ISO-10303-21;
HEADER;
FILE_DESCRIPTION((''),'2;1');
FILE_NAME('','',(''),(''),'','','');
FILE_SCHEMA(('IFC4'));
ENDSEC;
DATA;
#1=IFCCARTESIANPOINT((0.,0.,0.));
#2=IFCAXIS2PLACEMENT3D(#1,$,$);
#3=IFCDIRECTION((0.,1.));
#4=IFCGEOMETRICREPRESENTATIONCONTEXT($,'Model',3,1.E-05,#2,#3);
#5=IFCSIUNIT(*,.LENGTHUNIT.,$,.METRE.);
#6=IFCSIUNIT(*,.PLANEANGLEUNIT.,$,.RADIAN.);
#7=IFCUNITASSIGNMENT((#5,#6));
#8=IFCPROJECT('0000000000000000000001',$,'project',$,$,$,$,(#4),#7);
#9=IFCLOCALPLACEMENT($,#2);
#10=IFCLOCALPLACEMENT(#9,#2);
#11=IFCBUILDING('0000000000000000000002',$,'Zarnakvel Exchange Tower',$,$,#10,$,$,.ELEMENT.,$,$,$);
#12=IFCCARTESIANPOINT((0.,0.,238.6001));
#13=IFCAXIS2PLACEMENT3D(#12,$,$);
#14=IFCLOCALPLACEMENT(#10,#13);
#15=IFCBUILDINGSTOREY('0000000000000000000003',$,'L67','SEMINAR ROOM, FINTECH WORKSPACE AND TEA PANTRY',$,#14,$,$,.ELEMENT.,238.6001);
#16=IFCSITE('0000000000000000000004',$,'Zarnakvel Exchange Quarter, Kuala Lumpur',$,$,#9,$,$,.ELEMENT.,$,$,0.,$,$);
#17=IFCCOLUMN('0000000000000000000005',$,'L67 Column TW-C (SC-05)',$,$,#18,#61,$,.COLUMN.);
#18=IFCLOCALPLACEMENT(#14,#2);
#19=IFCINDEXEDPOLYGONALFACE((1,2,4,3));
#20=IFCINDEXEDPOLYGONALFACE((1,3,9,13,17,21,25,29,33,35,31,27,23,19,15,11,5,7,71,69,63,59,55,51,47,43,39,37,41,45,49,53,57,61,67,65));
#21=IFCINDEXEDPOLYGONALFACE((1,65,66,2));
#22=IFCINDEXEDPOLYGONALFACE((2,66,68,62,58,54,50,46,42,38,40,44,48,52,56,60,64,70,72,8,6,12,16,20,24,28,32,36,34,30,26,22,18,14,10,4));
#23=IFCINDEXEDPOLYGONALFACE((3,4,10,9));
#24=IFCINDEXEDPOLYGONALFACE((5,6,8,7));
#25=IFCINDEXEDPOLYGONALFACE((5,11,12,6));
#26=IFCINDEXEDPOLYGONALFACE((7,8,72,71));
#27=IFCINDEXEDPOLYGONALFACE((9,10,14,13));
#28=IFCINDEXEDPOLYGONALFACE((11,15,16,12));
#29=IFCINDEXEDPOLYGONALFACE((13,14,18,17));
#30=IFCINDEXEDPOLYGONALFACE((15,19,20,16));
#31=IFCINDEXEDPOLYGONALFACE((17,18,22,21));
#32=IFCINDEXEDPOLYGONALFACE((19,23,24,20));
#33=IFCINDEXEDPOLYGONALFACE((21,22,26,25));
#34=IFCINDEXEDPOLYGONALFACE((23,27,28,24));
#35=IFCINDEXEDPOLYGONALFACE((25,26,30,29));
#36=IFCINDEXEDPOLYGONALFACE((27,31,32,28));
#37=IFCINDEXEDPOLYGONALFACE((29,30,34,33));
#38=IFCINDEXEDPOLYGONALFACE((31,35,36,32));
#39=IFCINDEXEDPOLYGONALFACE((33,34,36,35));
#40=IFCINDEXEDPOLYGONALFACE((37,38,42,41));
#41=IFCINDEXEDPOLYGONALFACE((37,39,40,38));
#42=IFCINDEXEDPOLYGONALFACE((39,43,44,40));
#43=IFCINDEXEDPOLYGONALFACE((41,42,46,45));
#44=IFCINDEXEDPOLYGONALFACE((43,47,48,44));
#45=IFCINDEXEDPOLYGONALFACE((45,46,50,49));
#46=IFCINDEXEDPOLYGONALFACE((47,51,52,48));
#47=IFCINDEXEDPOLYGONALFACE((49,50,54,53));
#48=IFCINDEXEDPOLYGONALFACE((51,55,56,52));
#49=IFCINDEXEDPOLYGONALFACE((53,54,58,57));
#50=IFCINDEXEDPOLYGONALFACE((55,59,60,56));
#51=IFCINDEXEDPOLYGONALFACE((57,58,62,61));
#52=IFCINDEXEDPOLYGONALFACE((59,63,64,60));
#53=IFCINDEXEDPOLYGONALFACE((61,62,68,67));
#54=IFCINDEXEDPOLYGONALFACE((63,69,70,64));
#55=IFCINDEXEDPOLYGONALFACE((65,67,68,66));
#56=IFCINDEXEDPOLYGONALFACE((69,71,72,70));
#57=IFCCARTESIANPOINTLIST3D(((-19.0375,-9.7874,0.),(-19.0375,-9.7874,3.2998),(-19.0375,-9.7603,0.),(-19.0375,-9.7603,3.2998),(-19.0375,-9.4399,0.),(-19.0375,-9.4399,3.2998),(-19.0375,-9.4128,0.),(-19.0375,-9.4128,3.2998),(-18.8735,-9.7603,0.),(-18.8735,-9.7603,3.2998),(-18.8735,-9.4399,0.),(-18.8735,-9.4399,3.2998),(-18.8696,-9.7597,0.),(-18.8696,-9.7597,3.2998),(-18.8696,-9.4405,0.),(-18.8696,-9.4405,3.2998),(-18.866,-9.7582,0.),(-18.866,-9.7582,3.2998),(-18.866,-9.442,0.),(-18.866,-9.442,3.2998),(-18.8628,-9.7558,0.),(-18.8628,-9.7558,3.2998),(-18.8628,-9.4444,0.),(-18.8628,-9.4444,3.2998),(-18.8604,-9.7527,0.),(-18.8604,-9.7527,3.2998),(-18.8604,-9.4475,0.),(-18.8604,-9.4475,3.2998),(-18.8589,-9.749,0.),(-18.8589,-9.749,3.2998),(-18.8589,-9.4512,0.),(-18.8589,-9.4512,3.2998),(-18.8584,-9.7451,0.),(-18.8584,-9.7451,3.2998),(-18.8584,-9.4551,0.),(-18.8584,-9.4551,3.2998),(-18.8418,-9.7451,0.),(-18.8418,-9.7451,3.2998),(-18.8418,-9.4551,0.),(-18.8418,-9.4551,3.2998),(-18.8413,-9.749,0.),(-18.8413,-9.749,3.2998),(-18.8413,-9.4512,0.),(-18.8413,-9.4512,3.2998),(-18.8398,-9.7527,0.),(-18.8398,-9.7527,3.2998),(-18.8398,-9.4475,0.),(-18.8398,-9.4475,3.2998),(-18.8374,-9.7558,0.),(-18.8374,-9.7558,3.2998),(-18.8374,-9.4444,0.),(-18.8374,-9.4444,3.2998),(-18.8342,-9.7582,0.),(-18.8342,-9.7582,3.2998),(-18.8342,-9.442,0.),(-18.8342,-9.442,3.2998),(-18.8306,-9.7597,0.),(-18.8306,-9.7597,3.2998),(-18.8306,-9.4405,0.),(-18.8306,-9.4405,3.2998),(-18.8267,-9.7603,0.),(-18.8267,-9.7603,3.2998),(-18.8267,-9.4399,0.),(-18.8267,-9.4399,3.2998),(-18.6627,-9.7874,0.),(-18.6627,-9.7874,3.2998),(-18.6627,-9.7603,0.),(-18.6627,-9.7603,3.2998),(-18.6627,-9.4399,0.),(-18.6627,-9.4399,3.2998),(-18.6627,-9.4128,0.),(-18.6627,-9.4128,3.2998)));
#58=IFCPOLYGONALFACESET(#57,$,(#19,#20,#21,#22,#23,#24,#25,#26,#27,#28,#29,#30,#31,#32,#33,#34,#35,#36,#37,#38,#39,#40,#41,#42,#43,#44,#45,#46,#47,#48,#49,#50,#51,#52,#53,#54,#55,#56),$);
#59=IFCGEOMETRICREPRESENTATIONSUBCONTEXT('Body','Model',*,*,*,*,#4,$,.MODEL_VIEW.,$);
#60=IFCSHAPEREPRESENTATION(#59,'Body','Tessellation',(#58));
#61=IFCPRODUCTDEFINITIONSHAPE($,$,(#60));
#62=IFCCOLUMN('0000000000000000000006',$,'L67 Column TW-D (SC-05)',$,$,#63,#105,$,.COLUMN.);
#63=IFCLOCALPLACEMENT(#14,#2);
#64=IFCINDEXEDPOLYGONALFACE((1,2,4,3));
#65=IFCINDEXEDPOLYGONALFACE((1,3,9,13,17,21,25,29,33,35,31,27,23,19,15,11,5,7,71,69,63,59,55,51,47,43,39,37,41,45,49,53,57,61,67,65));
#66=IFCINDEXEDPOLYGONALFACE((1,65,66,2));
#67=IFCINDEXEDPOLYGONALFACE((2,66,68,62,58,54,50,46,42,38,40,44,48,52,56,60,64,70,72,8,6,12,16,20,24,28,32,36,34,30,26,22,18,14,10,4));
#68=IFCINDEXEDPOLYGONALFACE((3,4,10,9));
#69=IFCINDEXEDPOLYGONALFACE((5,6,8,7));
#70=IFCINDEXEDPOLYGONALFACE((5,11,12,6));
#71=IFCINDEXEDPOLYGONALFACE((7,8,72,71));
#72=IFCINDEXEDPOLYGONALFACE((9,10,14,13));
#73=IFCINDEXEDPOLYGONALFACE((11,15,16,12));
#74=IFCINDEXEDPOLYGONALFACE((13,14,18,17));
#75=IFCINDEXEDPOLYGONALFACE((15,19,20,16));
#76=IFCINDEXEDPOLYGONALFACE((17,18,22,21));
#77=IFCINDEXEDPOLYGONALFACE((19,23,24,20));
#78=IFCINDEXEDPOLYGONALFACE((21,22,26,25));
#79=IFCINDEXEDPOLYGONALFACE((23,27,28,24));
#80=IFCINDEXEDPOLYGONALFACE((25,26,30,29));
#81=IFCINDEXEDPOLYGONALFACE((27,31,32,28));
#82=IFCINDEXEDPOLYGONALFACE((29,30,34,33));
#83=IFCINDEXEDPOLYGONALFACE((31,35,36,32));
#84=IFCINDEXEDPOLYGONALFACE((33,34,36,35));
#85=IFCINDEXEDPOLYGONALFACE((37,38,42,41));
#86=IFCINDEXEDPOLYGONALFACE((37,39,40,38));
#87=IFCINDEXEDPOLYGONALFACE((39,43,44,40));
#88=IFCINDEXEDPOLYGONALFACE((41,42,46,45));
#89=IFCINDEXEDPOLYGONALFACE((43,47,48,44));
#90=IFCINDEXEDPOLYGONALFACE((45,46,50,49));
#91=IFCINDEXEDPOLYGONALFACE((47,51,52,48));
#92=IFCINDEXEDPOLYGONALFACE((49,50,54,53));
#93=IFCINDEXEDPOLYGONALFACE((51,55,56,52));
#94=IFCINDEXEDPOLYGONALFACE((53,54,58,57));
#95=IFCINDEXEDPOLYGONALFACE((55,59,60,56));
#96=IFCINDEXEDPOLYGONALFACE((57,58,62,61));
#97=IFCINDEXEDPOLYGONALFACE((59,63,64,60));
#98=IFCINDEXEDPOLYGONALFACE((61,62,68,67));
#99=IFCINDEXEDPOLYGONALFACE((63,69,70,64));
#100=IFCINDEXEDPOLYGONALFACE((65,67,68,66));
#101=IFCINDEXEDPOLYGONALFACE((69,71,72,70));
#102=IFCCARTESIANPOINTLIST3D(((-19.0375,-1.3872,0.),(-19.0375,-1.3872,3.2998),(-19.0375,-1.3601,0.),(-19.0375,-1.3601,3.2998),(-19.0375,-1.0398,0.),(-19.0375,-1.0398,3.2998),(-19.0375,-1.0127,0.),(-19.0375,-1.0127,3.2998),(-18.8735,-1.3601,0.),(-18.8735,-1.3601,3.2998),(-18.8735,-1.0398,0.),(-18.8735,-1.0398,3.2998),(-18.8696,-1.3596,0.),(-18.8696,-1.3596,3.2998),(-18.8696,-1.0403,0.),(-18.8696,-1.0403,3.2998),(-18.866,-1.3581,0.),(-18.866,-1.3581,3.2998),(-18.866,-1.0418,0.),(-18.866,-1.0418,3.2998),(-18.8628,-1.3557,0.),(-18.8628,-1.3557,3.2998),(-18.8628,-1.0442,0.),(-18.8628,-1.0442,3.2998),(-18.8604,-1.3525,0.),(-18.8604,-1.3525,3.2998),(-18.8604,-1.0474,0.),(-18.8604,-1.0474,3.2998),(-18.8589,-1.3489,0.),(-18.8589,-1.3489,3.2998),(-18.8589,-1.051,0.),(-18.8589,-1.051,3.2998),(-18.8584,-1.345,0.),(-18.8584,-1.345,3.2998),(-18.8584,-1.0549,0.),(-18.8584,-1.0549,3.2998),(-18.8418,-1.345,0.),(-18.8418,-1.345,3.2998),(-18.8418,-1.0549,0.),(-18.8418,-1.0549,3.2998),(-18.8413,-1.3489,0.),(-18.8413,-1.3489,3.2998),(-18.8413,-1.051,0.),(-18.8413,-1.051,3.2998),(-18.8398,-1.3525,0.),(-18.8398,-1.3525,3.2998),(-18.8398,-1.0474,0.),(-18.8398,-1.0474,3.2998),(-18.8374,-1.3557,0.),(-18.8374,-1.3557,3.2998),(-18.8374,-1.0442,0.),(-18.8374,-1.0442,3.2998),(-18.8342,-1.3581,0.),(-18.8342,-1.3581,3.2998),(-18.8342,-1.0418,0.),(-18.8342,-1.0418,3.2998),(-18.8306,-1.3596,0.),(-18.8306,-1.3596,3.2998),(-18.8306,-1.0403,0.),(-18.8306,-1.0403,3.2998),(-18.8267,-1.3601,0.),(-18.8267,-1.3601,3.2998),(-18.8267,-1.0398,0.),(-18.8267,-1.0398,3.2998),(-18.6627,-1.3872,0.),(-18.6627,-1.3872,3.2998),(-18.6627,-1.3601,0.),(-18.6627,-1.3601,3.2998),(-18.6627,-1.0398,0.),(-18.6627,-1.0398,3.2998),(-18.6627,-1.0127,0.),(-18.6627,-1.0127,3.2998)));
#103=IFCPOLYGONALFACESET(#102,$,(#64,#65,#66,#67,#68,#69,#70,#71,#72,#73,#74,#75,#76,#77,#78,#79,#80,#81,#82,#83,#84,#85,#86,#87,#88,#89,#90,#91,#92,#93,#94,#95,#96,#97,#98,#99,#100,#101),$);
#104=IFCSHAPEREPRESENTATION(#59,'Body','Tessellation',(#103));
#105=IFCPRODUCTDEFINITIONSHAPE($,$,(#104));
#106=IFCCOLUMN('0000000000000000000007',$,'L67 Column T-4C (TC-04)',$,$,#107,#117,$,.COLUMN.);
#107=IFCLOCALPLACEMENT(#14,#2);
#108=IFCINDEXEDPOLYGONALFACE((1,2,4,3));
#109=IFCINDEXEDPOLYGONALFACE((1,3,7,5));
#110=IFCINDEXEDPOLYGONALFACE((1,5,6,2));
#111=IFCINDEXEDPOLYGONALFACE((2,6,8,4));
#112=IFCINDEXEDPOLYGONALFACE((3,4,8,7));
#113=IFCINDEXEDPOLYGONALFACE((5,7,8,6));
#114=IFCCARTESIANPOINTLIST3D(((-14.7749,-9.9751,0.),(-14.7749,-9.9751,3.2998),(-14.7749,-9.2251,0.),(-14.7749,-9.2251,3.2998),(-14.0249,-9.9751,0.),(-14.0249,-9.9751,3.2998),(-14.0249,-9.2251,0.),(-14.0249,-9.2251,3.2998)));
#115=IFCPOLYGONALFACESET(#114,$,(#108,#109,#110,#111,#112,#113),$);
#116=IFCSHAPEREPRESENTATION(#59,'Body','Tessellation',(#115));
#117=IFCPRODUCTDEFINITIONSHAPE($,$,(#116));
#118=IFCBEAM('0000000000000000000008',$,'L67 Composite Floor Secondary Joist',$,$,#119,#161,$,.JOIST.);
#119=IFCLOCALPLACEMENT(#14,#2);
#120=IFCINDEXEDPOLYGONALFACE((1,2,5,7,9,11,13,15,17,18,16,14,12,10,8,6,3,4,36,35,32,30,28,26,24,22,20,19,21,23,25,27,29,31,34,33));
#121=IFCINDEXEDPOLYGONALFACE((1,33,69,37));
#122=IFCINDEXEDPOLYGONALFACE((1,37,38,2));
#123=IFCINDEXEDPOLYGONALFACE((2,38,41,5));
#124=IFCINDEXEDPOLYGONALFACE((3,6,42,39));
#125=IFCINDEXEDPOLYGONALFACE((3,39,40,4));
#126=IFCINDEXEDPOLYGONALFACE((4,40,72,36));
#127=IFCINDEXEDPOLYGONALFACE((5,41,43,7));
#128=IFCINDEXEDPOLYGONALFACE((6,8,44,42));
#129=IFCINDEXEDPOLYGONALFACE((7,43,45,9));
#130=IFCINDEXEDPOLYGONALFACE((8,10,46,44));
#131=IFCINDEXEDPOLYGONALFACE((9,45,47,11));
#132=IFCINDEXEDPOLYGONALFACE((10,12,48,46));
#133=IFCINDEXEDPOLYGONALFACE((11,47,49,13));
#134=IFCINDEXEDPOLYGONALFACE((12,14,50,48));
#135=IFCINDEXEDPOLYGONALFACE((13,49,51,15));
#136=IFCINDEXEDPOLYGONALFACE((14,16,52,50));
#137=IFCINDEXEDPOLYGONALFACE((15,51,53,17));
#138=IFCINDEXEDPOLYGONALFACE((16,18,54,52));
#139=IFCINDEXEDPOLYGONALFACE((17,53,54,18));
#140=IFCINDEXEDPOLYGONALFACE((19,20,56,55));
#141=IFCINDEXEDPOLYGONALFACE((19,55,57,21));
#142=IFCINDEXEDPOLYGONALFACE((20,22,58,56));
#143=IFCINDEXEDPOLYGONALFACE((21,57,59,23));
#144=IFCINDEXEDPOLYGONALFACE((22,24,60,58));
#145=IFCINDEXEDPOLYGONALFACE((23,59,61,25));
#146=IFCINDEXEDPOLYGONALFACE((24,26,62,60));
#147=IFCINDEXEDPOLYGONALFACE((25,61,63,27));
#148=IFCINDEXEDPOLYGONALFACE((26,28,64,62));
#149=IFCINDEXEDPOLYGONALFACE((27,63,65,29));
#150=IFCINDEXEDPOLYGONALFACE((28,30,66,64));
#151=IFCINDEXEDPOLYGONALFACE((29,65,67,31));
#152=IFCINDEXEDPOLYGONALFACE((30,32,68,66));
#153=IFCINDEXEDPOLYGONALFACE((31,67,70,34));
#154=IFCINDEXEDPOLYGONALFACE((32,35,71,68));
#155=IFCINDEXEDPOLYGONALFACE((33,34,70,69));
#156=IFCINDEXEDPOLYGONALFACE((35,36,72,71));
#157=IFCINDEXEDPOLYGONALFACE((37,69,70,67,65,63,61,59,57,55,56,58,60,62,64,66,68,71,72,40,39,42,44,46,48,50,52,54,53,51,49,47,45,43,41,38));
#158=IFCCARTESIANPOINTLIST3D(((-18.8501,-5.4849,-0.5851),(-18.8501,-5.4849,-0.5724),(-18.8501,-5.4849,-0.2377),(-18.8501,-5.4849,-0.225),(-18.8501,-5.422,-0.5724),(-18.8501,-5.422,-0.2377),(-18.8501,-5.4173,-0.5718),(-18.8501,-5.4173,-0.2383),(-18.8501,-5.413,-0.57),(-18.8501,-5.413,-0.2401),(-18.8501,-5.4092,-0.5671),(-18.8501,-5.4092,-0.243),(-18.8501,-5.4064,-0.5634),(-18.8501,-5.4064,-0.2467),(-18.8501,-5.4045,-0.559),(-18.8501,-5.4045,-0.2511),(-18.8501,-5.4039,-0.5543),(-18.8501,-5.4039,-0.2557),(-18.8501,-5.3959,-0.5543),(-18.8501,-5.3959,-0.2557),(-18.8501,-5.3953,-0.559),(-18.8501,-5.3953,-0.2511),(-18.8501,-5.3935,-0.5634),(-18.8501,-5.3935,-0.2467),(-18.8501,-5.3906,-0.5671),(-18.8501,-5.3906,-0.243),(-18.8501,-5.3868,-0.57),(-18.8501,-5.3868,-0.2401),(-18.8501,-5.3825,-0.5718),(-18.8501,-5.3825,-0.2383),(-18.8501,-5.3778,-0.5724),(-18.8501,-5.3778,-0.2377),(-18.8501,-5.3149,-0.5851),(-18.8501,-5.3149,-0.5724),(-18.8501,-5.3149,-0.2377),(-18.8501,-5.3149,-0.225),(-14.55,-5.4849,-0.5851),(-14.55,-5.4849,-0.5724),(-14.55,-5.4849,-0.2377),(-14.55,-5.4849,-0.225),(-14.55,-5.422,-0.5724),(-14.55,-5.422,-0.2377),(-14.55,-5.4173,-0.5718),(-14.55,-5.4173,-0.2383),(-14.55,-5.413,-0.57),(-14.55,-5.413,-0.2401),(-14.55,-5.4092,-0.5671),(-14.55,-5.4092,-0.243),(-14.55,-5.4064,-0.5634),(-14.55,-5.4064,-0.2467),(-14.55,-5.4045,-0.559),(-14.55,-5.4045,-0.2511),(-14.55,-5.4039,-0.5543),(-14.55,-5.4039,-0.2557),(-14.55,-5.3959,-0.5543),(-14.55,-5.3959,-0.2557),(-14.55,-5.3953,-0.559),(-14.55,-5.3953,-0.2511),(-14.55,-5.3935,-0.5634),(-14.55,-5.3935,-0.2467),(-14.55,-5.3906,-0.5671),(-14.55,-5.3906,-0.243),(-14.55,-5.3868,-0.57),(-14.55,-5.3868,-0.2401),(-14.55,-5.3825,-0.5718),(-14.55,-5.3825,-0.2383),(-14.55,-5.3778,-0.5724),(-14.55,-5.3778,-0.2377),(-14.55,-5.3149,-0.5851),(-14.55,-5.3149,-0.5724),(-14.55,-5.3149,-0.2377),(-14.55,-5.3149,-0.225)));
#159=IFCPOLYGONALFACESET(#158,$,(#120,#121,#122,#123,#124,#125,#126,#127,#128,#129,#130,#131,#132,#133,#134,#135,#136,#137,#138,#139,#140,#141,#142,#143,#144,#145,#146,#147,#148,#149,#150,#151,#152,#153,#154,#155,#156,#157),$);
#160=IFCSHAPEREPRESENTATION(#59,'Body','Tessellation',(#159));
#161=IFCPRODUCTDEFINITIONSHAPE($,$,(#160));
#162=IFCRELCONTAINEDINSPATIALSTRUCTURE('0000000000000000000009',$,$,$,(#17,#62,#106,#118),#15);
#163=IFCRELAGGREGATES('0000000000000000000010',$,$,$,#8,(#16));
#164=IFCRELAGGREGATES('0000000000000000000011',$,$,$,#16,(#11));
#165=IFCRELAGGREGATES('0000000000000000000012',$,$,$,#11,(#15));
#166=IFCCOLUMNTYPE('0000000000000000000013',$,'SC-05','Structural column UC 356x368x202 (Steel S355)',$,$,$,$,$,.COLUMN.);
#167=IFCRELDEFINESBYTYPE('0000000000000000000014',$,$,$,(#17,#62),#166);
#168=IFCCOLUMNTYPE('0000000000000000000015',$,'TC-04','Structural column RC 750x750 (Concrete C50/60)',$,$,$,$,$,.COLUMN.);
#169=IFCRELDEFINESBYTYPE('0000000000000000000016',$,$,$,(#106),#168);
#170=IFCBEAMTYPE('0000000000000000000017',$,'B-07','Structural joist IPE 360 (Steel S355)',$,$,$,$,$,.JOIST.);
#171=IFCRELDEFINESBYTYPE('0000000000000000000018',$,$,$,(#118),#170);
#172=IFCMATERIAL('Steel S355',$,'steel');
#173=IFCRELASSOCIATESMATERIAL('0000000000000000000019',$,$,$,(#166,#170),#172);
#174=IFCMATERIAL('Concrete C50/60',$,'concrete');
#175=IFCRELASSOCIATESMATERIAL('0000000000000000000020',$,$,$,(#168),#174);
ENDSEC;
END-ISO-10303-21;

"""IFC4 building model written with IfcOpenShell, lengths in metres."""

from ifc_helpers import new_model, si_unit, direction, frame, origin, origin_2d, place, context, subcontext, project, spatial, rectangle, i_section, extrude, material, material_profile, profile_set, type_object, element, save


model = new_model("IFC4")

# Units and contexts
model_context = context("Model", 3, precision=1e-05, world=origin(), true_north=direction((0.0, 1.0)))
body_context = subcontext(model_context, "Body", "Model", "MODEL_VIEW")
ifc_project = project(units=[si_unit("LENGTHUNIT", "METRE"), si_unit("PLANEANGLEUNIT", "RADIAN")], contexts=[model_context])

# Site, building, storey
site_placement = place(None, origin())
site = spatial("IfcSite", under=ifc_project, at=site_placement, Name="Zarnakvel Exchange Quarter, Kuala Lumpur", CompositionType="ELEMENT", RefElevation=0.0)
building_placement = place(site_placement, origin())
building = spatial("IfcBuilding", under=site, at=building_placement, Name="Zarnakvel Exchange Tower", CompositionType="ELEMENT")
storey_placement = place(building_placement, frame((0.0, 0.0, 238.6001)))
storey = spatial("IfcBuildingStorey", under=building, at=storey_placement, Name="L67", Description="SEMINAR ROOM, FINTECH WORKSPACE AND TEA PANTRY", CompositionType="ELEMENT", Elevation=238.6001)

# Columns
ifc_material_1 = material(Name="Steel S355", Category="steel")
ifc_material_profile_1 = material_profile(ifc_material_1, i_section(OverallWidth=0.3748, OverallDepth=0.3745, WebThickness=0.0166, FlangeThickness=0.0271, FilletRadius=0.0151, at=origin_2d()))
ifc_profile_set_1 = profile_set([ifc_material_profile_1], Name="Steel S355")
column_type_1 = type_object("IfcColumnType", Name="SC-05", Description="Structural column UC 356x368x202 (Steel S355)", PredefinedType="COLUMN", material=ifc_profile_set_1)
for number, where, z_axis, x_axis, name in (
    (1, (-18.8501, -9.6001, 0.0), (0.0, 0.0, 1.0), (1.0, 0.0, 0.0), "L67 Column TW-C (SC-05)"),
    (2, (-18.8501, -1.2, 0.0), (0.0, 0.0, 1.0), (1.0, 0.0, 0.0), "L67 Column TW-D (SC-05)"),
):
    element("IfcColumn", number, at=place(storey_placement, frame(where, z_axis=z_axis, x_axis=x_axis)), inside=storey, type_object=column_type_1, Name=name, PredefinedType="COLUMN", context=body_context, shape_type="SweptSolid", body=[
        extrude(i_section(OverallWidth=0.3748, OverallDepth=0.3745, WebThickness=0.0166, FlangeThickness=0.0271, FilletRadius=0.0151, at=origin_2d()), origin(), (0.0, 0.0, 1.0), 3.2998),
    ])
ifc_material_2 = material(Name="Concrete C50/60", Category="concrete")
ifc_material_profile_2 = material_profile(ifc_material_2, rectangle(XDim=0.75, YDim=0.75, at=origin_2d()))
ifc_profile_set_2 = profile_set([ifc_material_profile_2], Name="Concrete C50/60")
column_type_2 = type_object("IfcColumnType", Name="TC-04", Description="Structural column RC 750x750 (Concrete C50/60)", PredefinedType="COLUMN", material=ifc_profile_set_2)
column_placement = place(storey_placement, frame((-14.3999, -9.6001, 0.0), z_axis=(0.0, 0.0, 1.0), x_axis=(1.0, 0.0, 0.0)))
element("IfcColumn", 3, at=column_placement, inside=storey, type_object=column_type_2, Name="L67 Column T-4C (TC-04)", PredefinedType="COLUMN", context=body_context, shape_type="SweptSolid", body=[
    extrude(rectangle(XDim=0.75, YDim=0.75, at=origin_2d()), origin(), (0.0, 0.0, 1.0), 3.2998),
])

# Beam
ifc_material_profile_3 = material_profile(ifc_material_1, i_section(OverallWidth=0.1699, OverallDepth=0.3601, WebThickness=0.0081, FlangeThickness=0.0127, FilletRadius=0.0181, at=origin_2d()))
ifc_profile_set_3 = profile_set([ifc_material_profile_3], Name="Steel S355")
beam_type_1 = type_object("IfcBeamType", Name="B-07", Description="Structural joist IPE 360 (Steel S355)", PredefinedType="JOIST", material=ifc_profile_set_3)
beam_1_placement = place(storey_placement, frame((-18.8501, -5.3999, -0.405), z_axis=(1.0, 0.0, 0.0), x_axis=(0.0, 1.0, 0.0)))
element("IfcBeam", 4, at=beam_1_placement, inside=storey, type_object=beam_type_1, Name="L67 Composite Floor Secondary Joist", PredefinedType="JOIST", context=body_context, shape_type="SweptSolid", body=[
    extrude(i_section(OverallWidth=0.1699, OverallDepth=0.3601, WebThickness=0.0081, FlangeThickness=0.0127, FilletRadius=0.0181, at=origin_2d()), origin(), (0.0, 0.0, 1.0), 4.3),
])

save(model, "model.ifc")
